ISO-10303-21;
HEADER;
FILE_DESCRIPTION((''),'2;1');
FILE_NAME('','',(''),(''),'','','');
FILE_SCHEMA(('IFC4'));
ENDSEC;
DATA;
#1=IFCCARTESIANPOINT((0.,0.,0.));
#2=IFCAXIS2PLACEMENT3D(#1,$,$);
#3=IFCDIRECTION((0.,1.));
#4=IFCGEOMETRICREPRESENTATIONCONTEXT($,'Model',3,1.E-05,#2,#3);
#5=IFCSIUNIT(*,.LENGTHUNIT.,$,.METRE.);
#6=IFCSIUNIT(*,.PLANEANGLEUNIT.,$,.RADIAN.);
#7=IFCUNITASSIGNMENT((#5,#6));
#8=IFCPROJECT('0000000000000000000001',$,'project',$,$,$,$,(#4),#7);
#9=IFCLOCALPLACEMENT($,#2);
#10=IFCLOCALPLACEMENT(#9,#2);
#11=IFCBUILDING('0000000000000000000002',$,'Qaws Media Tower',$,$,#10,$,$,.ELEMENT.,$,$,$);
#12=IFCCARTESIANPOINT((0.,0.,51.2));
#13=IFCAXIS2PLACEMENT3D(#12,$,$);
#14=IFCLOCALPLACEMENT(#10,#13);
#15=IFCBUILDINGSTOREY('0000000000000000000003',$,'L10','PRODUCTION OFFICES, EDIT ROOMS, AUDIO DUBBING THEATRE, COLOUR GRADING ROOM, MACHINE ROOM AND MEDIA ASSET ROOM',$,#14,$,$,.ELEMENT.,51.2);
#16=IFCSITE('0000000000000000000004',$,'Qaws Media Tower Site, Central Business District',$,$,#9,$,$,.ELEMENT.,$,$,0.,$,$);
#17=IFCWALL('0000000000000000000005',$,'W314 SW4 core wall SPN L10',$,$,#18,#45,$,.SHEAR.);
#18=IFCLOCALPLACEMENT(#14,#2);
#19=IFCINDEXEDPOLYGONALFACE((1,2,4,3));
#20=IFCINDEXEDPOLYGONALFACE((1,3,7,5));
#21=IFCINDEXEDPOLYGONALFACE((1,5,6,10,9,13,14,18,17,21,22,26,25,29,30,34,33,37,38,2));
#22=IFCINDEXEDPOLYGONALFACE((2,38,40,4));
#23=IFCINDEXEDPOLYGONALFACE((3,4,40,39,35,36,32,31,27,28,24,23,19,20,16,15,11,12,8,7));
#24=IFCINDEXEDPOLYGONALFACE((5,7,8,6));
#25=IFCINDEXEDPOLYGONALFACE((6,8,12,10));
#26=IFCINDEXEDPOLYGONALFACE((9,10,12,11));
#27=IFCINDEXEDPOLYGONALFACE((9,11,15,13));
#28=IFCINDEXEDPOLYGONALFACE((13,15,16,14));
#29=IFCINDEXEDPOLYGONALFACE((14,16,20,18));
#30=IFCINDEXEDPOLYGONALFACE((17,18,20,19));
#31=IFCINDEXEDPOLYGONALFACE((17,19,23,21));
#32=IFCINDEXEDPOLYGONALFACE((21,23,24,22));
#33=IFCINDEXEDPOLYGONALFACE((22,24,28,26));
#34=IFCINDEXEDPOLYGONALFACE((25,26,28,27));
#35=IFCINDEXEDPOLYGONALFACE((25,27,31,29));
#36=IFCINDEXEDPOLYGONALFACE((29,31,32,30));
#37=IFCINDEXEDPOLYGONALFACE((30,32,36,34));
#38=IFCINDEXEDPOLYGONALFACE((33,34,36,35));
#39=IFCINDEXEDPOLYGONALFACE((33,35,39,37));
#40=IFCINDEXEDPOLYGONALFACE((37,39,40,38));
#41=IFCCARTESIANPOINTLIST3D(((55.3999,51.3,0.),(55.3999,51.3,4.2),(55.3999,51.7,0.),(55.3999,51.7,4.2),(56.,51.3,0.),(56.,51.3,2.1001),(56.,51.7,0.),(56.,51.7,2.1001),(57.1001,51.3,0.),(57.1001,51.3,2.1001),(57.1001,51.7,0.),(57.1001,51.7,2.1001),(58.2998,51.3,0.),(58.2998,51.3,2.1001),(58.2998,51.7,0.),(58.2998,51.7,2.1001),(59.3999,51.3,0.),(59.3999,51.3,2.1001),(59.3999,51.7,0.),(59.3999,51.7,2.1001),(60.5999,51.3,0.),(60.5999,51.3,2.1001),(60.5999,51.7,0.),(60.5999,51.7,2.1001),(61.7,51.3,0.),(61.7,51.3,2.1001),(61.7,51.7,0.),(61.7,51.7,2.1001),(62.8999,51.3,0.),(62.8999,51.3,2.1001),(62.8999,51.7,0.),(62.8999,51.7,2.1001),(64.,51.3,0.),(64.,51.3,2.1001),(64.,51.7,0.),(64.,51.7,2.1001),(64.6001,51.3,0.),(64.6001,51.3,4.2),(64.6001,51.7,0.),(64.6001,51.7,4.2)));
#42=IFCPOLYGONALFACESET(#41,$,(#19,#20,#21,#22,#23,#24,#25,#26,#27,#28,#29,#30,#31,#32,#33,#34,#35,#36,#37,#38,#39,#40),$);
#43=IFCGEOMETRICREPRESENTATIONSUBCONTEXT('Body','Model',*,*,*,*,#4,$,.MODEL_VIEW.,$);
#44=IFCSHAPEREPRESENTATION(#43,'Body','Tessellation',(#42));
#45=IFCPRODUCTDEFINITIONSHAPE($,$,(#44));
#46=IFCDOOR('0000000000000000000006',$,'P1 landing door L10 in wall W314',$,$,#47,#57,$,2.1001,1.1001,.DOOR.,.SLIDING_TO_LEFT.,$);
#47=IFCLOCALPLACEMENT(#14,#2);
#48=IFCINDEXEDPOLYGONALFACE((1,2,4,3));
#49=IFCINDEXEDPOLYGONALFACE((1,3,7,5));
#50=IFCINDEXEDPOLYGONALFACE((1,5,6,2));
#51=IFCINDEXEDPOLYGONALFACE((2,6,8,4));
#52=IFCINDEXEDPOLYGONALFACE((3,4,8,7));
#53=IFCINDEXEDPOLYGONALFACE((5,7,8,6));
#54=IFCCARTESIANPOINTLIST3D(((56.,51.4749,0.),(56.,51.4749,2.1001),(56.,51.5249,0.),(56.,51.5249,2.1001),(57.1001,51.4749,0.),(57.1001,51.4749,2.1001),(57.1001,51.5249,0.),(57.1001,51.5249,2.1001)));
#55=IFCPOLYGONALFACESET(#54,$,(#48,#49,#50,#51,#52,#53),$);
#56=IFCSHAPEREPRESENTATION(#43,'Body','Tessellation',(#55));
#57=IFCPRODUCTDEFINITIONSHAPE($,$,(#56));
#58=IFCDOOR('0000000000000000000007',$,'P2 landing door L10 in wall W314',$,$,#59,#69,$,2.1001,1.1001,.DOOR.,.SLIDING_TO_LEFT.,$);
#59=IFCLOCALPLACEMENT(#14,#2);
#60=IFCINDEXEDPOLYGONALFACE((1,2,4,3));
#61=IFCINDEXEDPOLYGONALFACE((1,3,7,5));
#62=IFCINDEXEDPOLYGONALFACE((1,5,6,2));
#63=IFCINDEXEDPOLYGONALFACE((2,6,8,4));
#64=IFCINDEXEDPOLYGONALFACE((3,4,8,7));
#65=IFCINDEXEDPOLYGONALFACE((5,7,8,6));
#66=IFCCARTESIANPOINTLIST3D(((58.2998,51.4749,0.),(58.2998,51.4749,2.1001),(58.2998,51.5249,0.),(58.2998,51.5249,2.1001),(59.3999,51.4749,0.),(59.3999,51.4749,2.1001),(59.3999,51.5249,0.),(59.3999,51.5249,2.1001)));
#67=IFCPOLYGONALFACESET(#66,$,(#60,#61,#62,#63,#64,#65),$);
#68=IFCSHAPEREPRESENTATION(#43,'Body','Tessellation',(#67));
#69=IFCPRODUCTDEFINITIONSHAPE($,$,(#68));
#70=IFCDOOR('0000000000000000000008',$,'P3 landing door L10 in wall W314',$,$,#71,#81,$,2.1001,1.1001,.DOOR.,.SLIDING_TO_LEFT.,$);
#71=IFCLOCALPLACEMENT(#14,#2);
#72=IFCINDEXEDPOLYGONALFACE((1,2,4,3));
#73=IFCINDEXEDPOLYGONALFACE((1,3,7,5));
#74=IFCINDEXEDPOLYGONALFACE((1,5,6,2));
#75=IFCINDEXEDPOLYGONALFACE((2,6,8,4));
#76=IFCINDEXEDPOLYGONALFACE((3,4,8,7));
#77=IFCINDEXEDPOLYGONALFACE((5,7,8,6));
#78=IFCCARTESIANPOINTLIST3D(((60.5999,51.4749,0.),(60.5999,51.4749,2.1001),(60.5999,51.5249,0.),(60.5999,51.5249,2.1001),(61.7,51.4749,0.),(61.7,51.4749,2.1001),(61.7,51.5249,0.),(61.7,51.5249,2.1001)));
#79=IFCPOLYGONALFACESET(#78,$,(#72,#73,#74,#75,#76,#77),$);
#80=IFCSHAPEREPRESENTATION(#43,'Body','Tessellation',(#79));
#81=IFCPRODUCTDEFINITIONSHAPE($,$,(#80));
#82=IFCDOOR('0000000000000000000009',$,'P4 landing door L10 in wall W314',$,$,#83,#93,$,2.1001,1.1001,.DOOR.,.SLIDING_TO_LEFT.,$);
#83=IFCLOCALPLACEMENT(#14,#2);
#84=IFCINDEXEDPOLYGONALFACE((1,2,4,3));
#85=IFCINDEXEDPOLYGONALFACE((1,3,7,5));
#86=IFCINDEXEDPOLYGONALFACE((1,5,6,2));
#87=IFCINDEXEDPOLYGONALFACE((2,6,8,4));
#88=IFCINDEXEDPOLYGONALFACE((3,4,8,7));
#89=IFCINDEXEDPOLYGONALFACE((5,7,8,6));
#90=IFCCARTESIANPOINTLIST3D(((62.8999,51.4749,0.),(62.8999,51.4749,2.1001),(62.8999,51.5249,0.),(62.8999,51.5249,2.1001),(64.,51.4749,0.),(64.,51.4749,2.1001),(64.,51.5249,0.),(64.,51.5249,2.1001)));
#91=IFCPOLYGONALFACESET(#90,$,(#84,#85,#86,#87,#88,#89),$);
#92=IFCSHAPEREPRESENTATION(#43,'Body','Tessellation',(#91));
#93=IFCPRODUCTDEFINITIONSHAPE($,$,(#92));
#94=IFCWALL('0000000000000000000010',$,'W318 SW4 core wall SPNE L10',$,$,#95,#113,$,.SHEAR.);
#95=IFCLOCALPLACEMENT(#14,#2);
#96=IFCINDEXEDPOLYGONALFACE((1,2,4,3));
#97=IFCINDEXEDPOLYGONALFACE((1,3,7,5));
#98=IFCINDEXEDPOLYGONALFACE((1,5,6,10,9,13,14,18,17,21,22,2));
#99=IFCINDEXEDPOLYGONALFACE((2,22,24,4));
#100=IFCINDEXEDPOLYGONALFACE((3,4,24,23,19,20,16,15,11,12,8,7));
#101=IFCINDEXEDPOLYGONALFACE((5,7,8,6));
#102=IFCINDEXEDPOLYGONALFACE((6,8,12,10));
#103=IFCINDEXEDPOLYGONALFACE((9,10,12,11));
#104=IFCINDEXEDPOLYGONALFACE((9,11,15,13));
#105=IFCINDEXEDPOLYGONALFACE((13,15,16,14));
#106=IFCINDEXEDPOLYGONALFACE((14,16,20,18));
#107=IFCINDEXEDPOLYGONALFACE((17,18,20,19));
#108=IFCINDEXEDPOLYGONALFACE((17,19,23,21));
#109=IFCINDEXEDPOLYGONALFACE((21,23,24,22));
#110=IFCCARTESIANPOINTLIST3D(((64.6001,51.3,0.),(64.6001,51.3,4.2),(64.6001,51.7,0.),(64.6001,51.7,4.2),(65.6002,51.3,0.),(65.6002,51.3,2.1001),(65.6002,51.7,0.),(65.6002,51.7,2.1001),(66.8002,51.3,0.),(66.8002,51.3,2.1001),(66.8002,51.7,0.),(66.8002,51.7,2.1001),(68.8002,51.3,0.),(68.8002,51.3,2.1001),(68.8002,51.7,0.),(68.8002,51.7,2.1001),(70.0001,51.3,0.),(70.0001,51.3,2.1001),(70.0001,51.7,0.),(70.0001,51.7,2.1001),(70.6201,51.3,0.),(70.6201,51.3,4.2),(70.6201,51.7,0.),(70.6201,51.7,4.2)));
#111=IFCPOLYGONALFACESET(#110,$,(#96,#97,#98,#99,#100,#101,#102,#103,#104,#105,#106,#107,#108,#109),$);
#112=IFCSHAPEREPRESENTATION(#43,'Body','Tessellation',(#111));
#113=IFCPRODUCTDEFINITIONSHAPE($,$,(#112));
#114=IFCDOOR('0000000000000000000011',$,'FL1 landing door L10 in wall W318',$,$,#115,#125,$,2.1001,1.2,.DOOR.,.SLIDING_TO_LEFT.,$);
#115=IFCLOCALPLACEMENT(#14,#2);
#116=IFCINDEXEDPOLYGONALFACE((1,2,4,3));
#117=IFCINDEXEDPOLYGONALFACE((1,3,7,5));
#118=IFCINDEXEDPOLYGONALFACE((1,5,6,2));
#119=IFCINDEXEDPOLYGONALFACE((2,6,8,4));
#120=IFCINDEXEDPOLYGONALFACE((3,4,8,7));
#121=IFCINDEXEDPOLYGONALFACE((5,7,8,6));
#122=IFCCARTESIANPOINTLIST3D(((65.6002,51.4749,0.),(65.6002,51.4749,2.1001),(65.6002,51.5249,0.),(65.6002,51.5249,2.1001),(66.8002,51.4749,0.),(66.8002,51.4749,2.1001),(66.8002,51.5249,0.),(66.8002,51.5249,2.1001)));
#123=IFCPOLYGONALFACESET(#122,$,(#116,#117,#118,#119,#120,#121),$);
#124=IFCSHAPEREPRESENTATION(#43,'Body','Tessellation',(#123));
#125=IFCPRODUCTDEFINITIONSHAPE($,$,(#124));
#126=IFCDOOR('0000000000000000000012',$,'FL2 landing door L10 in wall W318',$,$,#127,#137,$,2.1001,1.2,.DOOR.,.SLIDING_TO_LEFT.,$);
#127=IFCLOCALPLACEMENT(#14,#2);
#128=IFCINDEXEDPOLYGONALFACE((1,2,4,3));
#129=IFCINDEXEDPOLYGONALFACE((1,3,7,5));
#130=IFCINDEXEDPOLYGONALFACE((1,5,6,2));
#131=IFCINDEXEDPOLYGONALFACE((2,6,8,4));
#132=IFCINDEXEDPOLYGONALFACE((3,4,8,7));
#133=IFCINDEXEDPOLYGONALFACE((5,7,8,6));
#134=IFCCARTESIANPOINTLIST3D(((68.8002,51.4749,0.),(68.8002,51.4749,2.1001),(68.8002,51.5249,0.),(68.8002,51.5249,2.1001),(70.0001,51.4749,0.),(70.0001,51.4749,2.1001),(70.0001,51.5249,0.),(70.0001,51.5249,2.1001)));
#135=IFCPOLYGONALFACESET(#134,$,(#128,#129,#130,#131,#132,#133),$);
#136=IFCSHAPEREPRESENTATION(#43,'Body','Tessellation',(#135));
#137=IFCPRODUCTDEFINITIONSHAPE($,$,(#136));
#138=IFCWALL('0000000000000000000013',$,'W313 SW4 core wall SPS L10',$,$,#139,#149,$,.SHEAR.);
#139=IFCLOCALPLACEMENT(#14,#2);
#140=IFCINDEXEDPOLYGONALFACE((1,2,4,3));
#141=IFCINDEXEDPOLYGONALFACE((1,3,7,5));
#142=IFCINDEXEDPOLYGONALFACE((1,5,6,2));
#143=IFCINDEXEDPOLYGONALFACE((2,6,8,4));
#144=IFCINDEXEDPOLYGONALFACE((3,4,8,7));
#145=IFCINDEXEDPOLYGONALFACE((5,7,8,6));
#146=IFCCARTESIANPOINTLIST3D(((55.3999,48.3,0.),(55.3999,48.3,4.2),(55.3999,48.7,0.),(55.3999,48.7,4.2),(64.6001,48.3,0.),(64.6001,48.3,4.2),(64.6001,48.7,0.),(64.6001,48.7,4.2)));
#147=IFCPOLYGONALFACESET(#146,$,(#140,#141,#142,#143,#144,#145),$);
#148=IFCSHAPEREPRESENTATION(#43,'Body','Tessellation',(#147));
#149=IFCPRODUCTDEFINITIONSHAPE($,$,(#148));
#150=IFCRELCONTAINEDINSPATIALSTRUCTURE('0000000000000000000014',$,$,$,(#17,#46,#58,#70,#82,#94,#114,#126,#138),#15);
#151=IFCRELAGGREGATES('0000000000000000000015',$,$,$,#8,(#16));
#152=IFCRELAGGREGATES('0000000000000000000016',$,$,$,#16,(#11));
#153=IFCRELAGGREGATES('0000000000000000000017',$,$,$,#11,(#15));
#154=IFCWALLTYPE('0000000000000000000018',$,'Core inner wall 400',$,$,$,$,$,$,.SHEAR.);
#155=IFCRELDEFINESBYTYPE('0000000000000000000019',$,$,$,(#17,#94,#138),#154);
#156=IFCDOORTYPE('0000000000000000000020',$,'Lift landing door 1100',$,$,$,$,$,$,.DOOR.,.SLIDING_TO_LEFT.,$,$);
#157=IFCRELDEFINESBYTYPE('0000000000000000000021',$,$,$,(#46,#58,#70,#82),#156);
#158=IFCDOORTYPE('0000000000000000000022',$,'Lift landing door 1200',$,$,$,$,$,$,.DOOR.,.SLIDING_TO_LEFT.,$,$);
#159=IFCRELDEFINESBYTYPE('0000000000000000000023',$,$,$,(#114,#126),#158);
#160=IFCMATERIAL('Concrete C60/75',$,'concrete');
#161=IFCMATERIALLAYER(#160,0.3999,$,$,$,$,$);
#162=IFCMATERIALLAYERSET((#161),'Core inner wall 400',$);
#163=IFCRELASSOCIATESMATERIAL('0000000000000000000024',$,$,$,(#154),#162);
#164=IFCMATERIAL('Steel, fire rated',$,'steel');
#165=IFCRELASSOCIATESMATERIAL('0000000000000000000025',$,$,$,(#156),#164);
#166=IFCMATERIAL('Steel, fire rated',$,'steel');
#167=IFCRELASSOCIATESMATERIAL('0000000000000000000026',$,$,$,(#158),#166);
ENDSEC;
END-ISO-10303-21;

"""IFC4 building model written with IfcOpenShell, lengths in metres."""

from ifc_helpers import new_model, si_unit, direction, frame, frame_2d, origin, place, context, subcontext, project, spatial, rectangle, extrude, material, layer, layer_set, type_object, element, fill, save


model = new_model("IFC4")

# Units and contexts
model_context = context("Model", 3, precision=1e-05, world=origin(), true_north=direction((0.0, 1.0)))
body_context = subcontext(model_context, "Body", "Model", "MODEL_VIEW")
ifc_project = project(units=[si_unit("LENGTHUNIT", "METRE"), si_unit("PLANEANGLEUNIT", "RADIAN")], contexts=[model_context])

# Site, building, storey
site_placement = place(None, origin())
site = spatial("IfcSite", under=ifc_project, at=site_placement, Name="Qaws Media Tower Site, Central Business District", CompositionType="ELEMENT", RefElevation=0.0)
building_placement = place(site_placement, origin())
building = spatial("IfcBuilding", under=site, at=building_placement, Name="Qaws Media Tower", CompositionType="ELEMENT")
storey_placement = place(building_placement, frame((0.0, 0.0, 51.2)))
storey = spatial("IfcBuildingStorey", under=building, at=storey_placement, Name="L10", Description="PRODUCTION OFFICES, EDIT ROOMS, AUDIO DUBBING THEATRE, COLOUR GRADING ROOM, MACHINE ROOM AND MEDIA ASSET ROOM", CompositionType="ELEMENT", Elevation=51.2)

# Walls, openings, doors
ifc_material_1 = material(Name="Concrete C60/75", Category="concrete")
ifc_layer_1 = layer(ifc_material_1, 0.3999)
ifc_layer_set_1 = layer_set([ifc_layer_1], Name="Core inner wall 400")
wall_type_1 = type_object("IfcWallType", Name="Core inner wall 400", PredefinedType="SHEAR", material=ifc_layer_set_1)
wall_1_placement = place(storey_placement, frame((55.3999, 51.5, 0.0), z_axis=(0.0, 0.0, 1.0), x_axis=(1.0, 0.0, 0.0)))
wall_1 = element("IfcWall", 1, at=wall_1_placement, inside=storey, type_object=wall_type_1, Name="W314 SW4 core wall SPN L10", PredefinedType="SHEAR", context=body_context, shape_type="SweptSolid", body=[
    extrude(rectangle(XDim=9.2002, YDim=0.3999, at=frame_2d((4.6001, 0.0))), origin(), (0.0, 0.0, 1.0), 4.2),
])
opening_1_placement = place(wall_1_placement, frame((0.6001, 0.0, 0.0)))
opening_1 = element("IfcOpeningElement", 2, at=opening_1_placement, cuts=wall_1, PredefinedType="OPENING", context=body_context, shape_type="SweptSolid", body=[
    extrude(rectangle(XDim=1.1001, YDim=2.1001, at=frame_2d((0.55, 1.05))), frame((0.0, 0.21, 0.0), z_axis=(0.0, -1.0, 0.0), x_axis=(1.0, 0.0, 0.0)), (0.0, 0.0, 1.0), 0.4199),
])
opening_2_placement = place(wall_1_placement, frame((2.8999, 0.0, 0.0)))
opening_2 = element("IfcOpeningElement", 3, at=opening_2_placement, cuts=wall_1, PredefinedType="OPENING", context=body_context, shape_type="SweptSolid", body=[
    extrude(rectangle(XDim=1.1001, YDim=2.1001, at=frame_2d((0.55, 1.05))), frame((0.0, 0.21, 0.0), z_axis=(0.0, -1.0, 0.0), x_axis=(1.0, 0.0, 0.0)), (0.0, 0.0, 1.0), 0.4199),
])
opening_3_placement = place(wall_1_placement, frame((5.2, 0.0, 0.0)))
opening_3 = element("IfcOpeningElement", 4, at=opening_3_placement, cuts=wall_1, PredefinedType="OPENING", context=body_context, shape_type="SweptSolid", body=[
    extrude(rectangle(XDim=1.1001, YDim=2.1001, at=frame_2d((0.55, 1.05))), frame((0.0, 0.21, 0.0), z_axis=(0.0, -1.0, 0.0), x_axis=(1.0, 0.0, 0.0)), (0.0, 0.0, 1.0), 0.4199),
])
opening_4_placement = place(wall_1_placement, frame((7.5, 0.0, 0.0)))
opening_4 = element("IfcOpeningElement", 5, at=opening_4_placement, cuts=wall_1, PredefinedType="OPENING", context=body_context, shape_type="SweptSolid", body=[
    extrude(rectangle(XDim=1.1001, YDim=2.1001, at=frame_2d((0.55, 1.05))), frame((0.0, 0.21, 0.0), z_axis=(0.0, -1.0, 0.0), x_axis=(1.0, 0.0, 0.0)), (0.0, 0.0, 1.0), 0.4199),
])
ifc_material_2 = material(Name="Steel, fire rated", Category="steel")
door_type_1 = type_object("IfcDoorType", Name="Lift landing door 1100", OperationType="SLIDING_TO_LEFT", PredefinedType="DOOR", material=ifc_material_2)
door_1_placement = place(opening_1_placement, origin())
door_1 = element("IfcDoor", 6, at=door_1_placement, inside=storey, type_object=door_type_1, Name="P1 landing door L10 in wall W314", OperationType="SLIDING_TO_LEFT", OverallHeight=2.1001, OverallWidth=1.1001, PredefinedType="DOOR", context=body_context, shape_type="SweptSolid", body=[
    extrude(rectangle(XDim=1.1001, YDim=2.1001, at=frame_2d((0.55, 1.05))), frame((0.0, 0.0249, 0.0), z_axis=(0.0, -1.0, 0.0), x_axis=(1.0, 0.0, 0.0)), (0.0, 0.0, 1.0), 0.05),
])
fill(opening_1, door_1)
door_2_placement = place(opening_2_placement, origin())
door_2 = element("IfcDoor", 7, at=door_2_placement, inside=storey, type_object=door_type_1, Name="P2 landing door L10 in wall W314", OperationType="SLIDING_TO_LEFT", OverallHeight=2.1001, OverallWidth=1.1001, PredefinedType="DOOR", context=body_context, shape_type="SweptSolid", body=[
    extrude(rectangle(XDim=1.1001, YDim=2.1001, at=frame_2d((0.55, 1.05))), frame((0.0, 0.0249, 0.0), z_axis=(0.0, -1.0, 0.0), x_axis=(1.0, 0.0, 0.0)), (0.0, 0.0, 1.0), 0.05),
])
fill(opening_2, door_2)
door_3_placement = place(opening_3_placement, origin())
door_3 = element("IfcDoor", 8, at=door_3_placement, inside=storey, type_object=door_type_1, Name="P3 landing door L10 in wall W314", OperationType="SLIDING_TO_LEFT", OverallHeight=2.1001, OverallWidth=1.1001, PredefinedType="DOOR", context=body_context, shape_type="SweptSolid", body=[
    extrude(rectangle(XDim=1.1001, YDim=2.1001, at=frame_2d((0.55, 1.05))), frame((0.0, 0.0249, 0.0), z_axis=(0.0, -1.0, 0.0), x_axis=(1.0, 0.0, 0.0)), (0.0, 0.0, 1.0), 0.05),
])
fill(opening_3, door_3)
door_4_placement = place(opening_4_placement, origin())
door_4 = element("IfcDoor", 9, at=door_4_placement, inside=storey, type_object=door_type_1, Name="P4 landing door L10 in wall W314", OperationType="SLIDING_TO_LEFT", OverallHeight=2.1001, OverallWidth=1.1001, PredefinedType="DOOR", context=body_context, shape_type="SweptSolid", body=[
    extrude(rectangle(XDim=1.1001, YDim=2.1001, at=frame_2d((0.55, 1.05))), frame((0.0, 0.0249, 0.0), z_axis=(0.0, -1.0, 0.0), x_axis=(1.0, 0.0, 0.0)), (0.0, 0.0, 1.0), 0.05),
])
fill(opening_4, door_4)
wall_2_placement = place(storey_placement, frame((64.6001, 51.5, 0.0), z_axis=(0.0, 0.0, 1.0), x_axis=(1.0, 0.0, 0.0)))
wall_2 = element("IfcWall", 10, at=wall_2_placement, inside=storey, type_object=wall_type_1, Name="W318 SW4 core wall SPNE L10", PredefinedType="SHEAR", context=body_context, shape_type="SweptSolid", body=[
    extrude(rectangle(XDim=6.02, YDim=0.3999, at=frame_2d((3.01, 0.0))), origin(), (0.0, 0.0, 1.0), 4.2),
])
opening_5_placement = place(wall_2_placement, frame((1.0, 0.0, 0.0)))
opening_5 = element("IfcOpeningElement", 11, at=opening_5_placement, cuts=wall_2, PredefinedType="OPENING", context=body_context, shape_type="SweptSolid", body=[
    extrude(rectangle(XDim=1.2, YDim=2.1001, at=frame_2d((0.6001, 1.05))), frame((0.0, 0.21, 0.0), z_axis=(0.0, -1.0, 0.0), x_axis=(1.0, 0.0, 0.0)), (0.0, 0.0, 1.0), 0.4199),
])
opening_6_placement = place(wall_2_placement, frame((4.2, 0.0, 0.0)))
opening_6 = element("IfcOpeningElement", 12, at=opening_6_placement, cuts=wall_2, PredefinedType="OPENING", context=body_context, shape_type="SweptSolid", body=[
    extrude(rectangle(XDim=1.2, YDim=2.1001, at=frame_2d((0.6001, 1.05))), frame((0.0, 0.21, 0.0), z_axis=(0.0, -1.0, 0.0), x_axis=(1.0, 0.0, 0.0)), (0.0, 0.0, 1.0), 0.4199),
])
ifc_material_3 = material(Name="Steel, fire rated", Category="steel")
door_type_2 = type_object("IfcDoorType", Name="Lift landing door 1200", OperationType="SLIDING_TO_LEFT", PredefinedType="DOOR", material=ifc_material_3)
door_5_placement = place(opening_5_placement, origin())
door_5 = element("IfcDoor", 13, at=door_5_placement, inside=storey, type_object=door_type_2, Name="FL1 landing door L10 in wall W318", OperationType="SLIDING_TO_LEFT", OverallHeight=2.1001, OverallWidth=1.2, PredefinedType="DOOR", context=body_context, shape_type="SweptSolid", body=[
    extrude(rectangle(XDim=1.2, YDim=2.1001, at=frame_2d((0.6001, 1.05))), frame((0.0, 0.0249, 0.0), z_axis=(0.0, -1.0, 0.0), x_axis=(1.0, 0.0, 0.0)), (0.0, 0.0, 1.0), 0.05),
])
fill(opening_5, door_5)
door_6_placement = place(opening_6_placement, origin())
door_6 = element("IfcDoor", 14, at=door_6_placement, inside=storey, type_object=door_type_2, Name="FL2 landing door L10 in wall W318", OperationType="SLIDING_TO_LEFT", OverallHeight=2.1001, OverallWidth=1.2, PredefinedType="DOOR", context=body_context, shape_type="SweptSolid", body=[
    extrude(rectangle(XDim=1.2, YDim=2.1001, at=frame_2d((0.6001, 1.05))), frame((0.0, 0.0249, 0.0), z_axis=(0.0, -1.0, 0.0), x_axis=(1.0, 0.0, 0.0)), (0.0, 0.0, 1.0), 0.05),
])
fill(opening_6, door_6)

# Wall
wall_3_placement = place(storey_placement, frame((55.3999, 48.5, 0.0), z_axis=(0.0, 0.0, 1.0), x_axis=(1.0, 0.0, 0.0)))
element("IfcWall", 15, at=wall_3_placement, inside=storey, type_object=wall_type_1, Name="W313 SW4 core wall SPS L10", PredefinedType="SHEAR", context=body_context, shape_type="SweptSolid", body=[
    extrude(rectangle(XDim=9.2002, YDim=0.3999, at=frame_2d((4.6001, 0.0))), origin(), (0.0, 0.0, 1.0), 4.2),
])

save(model, "model.ifc")
